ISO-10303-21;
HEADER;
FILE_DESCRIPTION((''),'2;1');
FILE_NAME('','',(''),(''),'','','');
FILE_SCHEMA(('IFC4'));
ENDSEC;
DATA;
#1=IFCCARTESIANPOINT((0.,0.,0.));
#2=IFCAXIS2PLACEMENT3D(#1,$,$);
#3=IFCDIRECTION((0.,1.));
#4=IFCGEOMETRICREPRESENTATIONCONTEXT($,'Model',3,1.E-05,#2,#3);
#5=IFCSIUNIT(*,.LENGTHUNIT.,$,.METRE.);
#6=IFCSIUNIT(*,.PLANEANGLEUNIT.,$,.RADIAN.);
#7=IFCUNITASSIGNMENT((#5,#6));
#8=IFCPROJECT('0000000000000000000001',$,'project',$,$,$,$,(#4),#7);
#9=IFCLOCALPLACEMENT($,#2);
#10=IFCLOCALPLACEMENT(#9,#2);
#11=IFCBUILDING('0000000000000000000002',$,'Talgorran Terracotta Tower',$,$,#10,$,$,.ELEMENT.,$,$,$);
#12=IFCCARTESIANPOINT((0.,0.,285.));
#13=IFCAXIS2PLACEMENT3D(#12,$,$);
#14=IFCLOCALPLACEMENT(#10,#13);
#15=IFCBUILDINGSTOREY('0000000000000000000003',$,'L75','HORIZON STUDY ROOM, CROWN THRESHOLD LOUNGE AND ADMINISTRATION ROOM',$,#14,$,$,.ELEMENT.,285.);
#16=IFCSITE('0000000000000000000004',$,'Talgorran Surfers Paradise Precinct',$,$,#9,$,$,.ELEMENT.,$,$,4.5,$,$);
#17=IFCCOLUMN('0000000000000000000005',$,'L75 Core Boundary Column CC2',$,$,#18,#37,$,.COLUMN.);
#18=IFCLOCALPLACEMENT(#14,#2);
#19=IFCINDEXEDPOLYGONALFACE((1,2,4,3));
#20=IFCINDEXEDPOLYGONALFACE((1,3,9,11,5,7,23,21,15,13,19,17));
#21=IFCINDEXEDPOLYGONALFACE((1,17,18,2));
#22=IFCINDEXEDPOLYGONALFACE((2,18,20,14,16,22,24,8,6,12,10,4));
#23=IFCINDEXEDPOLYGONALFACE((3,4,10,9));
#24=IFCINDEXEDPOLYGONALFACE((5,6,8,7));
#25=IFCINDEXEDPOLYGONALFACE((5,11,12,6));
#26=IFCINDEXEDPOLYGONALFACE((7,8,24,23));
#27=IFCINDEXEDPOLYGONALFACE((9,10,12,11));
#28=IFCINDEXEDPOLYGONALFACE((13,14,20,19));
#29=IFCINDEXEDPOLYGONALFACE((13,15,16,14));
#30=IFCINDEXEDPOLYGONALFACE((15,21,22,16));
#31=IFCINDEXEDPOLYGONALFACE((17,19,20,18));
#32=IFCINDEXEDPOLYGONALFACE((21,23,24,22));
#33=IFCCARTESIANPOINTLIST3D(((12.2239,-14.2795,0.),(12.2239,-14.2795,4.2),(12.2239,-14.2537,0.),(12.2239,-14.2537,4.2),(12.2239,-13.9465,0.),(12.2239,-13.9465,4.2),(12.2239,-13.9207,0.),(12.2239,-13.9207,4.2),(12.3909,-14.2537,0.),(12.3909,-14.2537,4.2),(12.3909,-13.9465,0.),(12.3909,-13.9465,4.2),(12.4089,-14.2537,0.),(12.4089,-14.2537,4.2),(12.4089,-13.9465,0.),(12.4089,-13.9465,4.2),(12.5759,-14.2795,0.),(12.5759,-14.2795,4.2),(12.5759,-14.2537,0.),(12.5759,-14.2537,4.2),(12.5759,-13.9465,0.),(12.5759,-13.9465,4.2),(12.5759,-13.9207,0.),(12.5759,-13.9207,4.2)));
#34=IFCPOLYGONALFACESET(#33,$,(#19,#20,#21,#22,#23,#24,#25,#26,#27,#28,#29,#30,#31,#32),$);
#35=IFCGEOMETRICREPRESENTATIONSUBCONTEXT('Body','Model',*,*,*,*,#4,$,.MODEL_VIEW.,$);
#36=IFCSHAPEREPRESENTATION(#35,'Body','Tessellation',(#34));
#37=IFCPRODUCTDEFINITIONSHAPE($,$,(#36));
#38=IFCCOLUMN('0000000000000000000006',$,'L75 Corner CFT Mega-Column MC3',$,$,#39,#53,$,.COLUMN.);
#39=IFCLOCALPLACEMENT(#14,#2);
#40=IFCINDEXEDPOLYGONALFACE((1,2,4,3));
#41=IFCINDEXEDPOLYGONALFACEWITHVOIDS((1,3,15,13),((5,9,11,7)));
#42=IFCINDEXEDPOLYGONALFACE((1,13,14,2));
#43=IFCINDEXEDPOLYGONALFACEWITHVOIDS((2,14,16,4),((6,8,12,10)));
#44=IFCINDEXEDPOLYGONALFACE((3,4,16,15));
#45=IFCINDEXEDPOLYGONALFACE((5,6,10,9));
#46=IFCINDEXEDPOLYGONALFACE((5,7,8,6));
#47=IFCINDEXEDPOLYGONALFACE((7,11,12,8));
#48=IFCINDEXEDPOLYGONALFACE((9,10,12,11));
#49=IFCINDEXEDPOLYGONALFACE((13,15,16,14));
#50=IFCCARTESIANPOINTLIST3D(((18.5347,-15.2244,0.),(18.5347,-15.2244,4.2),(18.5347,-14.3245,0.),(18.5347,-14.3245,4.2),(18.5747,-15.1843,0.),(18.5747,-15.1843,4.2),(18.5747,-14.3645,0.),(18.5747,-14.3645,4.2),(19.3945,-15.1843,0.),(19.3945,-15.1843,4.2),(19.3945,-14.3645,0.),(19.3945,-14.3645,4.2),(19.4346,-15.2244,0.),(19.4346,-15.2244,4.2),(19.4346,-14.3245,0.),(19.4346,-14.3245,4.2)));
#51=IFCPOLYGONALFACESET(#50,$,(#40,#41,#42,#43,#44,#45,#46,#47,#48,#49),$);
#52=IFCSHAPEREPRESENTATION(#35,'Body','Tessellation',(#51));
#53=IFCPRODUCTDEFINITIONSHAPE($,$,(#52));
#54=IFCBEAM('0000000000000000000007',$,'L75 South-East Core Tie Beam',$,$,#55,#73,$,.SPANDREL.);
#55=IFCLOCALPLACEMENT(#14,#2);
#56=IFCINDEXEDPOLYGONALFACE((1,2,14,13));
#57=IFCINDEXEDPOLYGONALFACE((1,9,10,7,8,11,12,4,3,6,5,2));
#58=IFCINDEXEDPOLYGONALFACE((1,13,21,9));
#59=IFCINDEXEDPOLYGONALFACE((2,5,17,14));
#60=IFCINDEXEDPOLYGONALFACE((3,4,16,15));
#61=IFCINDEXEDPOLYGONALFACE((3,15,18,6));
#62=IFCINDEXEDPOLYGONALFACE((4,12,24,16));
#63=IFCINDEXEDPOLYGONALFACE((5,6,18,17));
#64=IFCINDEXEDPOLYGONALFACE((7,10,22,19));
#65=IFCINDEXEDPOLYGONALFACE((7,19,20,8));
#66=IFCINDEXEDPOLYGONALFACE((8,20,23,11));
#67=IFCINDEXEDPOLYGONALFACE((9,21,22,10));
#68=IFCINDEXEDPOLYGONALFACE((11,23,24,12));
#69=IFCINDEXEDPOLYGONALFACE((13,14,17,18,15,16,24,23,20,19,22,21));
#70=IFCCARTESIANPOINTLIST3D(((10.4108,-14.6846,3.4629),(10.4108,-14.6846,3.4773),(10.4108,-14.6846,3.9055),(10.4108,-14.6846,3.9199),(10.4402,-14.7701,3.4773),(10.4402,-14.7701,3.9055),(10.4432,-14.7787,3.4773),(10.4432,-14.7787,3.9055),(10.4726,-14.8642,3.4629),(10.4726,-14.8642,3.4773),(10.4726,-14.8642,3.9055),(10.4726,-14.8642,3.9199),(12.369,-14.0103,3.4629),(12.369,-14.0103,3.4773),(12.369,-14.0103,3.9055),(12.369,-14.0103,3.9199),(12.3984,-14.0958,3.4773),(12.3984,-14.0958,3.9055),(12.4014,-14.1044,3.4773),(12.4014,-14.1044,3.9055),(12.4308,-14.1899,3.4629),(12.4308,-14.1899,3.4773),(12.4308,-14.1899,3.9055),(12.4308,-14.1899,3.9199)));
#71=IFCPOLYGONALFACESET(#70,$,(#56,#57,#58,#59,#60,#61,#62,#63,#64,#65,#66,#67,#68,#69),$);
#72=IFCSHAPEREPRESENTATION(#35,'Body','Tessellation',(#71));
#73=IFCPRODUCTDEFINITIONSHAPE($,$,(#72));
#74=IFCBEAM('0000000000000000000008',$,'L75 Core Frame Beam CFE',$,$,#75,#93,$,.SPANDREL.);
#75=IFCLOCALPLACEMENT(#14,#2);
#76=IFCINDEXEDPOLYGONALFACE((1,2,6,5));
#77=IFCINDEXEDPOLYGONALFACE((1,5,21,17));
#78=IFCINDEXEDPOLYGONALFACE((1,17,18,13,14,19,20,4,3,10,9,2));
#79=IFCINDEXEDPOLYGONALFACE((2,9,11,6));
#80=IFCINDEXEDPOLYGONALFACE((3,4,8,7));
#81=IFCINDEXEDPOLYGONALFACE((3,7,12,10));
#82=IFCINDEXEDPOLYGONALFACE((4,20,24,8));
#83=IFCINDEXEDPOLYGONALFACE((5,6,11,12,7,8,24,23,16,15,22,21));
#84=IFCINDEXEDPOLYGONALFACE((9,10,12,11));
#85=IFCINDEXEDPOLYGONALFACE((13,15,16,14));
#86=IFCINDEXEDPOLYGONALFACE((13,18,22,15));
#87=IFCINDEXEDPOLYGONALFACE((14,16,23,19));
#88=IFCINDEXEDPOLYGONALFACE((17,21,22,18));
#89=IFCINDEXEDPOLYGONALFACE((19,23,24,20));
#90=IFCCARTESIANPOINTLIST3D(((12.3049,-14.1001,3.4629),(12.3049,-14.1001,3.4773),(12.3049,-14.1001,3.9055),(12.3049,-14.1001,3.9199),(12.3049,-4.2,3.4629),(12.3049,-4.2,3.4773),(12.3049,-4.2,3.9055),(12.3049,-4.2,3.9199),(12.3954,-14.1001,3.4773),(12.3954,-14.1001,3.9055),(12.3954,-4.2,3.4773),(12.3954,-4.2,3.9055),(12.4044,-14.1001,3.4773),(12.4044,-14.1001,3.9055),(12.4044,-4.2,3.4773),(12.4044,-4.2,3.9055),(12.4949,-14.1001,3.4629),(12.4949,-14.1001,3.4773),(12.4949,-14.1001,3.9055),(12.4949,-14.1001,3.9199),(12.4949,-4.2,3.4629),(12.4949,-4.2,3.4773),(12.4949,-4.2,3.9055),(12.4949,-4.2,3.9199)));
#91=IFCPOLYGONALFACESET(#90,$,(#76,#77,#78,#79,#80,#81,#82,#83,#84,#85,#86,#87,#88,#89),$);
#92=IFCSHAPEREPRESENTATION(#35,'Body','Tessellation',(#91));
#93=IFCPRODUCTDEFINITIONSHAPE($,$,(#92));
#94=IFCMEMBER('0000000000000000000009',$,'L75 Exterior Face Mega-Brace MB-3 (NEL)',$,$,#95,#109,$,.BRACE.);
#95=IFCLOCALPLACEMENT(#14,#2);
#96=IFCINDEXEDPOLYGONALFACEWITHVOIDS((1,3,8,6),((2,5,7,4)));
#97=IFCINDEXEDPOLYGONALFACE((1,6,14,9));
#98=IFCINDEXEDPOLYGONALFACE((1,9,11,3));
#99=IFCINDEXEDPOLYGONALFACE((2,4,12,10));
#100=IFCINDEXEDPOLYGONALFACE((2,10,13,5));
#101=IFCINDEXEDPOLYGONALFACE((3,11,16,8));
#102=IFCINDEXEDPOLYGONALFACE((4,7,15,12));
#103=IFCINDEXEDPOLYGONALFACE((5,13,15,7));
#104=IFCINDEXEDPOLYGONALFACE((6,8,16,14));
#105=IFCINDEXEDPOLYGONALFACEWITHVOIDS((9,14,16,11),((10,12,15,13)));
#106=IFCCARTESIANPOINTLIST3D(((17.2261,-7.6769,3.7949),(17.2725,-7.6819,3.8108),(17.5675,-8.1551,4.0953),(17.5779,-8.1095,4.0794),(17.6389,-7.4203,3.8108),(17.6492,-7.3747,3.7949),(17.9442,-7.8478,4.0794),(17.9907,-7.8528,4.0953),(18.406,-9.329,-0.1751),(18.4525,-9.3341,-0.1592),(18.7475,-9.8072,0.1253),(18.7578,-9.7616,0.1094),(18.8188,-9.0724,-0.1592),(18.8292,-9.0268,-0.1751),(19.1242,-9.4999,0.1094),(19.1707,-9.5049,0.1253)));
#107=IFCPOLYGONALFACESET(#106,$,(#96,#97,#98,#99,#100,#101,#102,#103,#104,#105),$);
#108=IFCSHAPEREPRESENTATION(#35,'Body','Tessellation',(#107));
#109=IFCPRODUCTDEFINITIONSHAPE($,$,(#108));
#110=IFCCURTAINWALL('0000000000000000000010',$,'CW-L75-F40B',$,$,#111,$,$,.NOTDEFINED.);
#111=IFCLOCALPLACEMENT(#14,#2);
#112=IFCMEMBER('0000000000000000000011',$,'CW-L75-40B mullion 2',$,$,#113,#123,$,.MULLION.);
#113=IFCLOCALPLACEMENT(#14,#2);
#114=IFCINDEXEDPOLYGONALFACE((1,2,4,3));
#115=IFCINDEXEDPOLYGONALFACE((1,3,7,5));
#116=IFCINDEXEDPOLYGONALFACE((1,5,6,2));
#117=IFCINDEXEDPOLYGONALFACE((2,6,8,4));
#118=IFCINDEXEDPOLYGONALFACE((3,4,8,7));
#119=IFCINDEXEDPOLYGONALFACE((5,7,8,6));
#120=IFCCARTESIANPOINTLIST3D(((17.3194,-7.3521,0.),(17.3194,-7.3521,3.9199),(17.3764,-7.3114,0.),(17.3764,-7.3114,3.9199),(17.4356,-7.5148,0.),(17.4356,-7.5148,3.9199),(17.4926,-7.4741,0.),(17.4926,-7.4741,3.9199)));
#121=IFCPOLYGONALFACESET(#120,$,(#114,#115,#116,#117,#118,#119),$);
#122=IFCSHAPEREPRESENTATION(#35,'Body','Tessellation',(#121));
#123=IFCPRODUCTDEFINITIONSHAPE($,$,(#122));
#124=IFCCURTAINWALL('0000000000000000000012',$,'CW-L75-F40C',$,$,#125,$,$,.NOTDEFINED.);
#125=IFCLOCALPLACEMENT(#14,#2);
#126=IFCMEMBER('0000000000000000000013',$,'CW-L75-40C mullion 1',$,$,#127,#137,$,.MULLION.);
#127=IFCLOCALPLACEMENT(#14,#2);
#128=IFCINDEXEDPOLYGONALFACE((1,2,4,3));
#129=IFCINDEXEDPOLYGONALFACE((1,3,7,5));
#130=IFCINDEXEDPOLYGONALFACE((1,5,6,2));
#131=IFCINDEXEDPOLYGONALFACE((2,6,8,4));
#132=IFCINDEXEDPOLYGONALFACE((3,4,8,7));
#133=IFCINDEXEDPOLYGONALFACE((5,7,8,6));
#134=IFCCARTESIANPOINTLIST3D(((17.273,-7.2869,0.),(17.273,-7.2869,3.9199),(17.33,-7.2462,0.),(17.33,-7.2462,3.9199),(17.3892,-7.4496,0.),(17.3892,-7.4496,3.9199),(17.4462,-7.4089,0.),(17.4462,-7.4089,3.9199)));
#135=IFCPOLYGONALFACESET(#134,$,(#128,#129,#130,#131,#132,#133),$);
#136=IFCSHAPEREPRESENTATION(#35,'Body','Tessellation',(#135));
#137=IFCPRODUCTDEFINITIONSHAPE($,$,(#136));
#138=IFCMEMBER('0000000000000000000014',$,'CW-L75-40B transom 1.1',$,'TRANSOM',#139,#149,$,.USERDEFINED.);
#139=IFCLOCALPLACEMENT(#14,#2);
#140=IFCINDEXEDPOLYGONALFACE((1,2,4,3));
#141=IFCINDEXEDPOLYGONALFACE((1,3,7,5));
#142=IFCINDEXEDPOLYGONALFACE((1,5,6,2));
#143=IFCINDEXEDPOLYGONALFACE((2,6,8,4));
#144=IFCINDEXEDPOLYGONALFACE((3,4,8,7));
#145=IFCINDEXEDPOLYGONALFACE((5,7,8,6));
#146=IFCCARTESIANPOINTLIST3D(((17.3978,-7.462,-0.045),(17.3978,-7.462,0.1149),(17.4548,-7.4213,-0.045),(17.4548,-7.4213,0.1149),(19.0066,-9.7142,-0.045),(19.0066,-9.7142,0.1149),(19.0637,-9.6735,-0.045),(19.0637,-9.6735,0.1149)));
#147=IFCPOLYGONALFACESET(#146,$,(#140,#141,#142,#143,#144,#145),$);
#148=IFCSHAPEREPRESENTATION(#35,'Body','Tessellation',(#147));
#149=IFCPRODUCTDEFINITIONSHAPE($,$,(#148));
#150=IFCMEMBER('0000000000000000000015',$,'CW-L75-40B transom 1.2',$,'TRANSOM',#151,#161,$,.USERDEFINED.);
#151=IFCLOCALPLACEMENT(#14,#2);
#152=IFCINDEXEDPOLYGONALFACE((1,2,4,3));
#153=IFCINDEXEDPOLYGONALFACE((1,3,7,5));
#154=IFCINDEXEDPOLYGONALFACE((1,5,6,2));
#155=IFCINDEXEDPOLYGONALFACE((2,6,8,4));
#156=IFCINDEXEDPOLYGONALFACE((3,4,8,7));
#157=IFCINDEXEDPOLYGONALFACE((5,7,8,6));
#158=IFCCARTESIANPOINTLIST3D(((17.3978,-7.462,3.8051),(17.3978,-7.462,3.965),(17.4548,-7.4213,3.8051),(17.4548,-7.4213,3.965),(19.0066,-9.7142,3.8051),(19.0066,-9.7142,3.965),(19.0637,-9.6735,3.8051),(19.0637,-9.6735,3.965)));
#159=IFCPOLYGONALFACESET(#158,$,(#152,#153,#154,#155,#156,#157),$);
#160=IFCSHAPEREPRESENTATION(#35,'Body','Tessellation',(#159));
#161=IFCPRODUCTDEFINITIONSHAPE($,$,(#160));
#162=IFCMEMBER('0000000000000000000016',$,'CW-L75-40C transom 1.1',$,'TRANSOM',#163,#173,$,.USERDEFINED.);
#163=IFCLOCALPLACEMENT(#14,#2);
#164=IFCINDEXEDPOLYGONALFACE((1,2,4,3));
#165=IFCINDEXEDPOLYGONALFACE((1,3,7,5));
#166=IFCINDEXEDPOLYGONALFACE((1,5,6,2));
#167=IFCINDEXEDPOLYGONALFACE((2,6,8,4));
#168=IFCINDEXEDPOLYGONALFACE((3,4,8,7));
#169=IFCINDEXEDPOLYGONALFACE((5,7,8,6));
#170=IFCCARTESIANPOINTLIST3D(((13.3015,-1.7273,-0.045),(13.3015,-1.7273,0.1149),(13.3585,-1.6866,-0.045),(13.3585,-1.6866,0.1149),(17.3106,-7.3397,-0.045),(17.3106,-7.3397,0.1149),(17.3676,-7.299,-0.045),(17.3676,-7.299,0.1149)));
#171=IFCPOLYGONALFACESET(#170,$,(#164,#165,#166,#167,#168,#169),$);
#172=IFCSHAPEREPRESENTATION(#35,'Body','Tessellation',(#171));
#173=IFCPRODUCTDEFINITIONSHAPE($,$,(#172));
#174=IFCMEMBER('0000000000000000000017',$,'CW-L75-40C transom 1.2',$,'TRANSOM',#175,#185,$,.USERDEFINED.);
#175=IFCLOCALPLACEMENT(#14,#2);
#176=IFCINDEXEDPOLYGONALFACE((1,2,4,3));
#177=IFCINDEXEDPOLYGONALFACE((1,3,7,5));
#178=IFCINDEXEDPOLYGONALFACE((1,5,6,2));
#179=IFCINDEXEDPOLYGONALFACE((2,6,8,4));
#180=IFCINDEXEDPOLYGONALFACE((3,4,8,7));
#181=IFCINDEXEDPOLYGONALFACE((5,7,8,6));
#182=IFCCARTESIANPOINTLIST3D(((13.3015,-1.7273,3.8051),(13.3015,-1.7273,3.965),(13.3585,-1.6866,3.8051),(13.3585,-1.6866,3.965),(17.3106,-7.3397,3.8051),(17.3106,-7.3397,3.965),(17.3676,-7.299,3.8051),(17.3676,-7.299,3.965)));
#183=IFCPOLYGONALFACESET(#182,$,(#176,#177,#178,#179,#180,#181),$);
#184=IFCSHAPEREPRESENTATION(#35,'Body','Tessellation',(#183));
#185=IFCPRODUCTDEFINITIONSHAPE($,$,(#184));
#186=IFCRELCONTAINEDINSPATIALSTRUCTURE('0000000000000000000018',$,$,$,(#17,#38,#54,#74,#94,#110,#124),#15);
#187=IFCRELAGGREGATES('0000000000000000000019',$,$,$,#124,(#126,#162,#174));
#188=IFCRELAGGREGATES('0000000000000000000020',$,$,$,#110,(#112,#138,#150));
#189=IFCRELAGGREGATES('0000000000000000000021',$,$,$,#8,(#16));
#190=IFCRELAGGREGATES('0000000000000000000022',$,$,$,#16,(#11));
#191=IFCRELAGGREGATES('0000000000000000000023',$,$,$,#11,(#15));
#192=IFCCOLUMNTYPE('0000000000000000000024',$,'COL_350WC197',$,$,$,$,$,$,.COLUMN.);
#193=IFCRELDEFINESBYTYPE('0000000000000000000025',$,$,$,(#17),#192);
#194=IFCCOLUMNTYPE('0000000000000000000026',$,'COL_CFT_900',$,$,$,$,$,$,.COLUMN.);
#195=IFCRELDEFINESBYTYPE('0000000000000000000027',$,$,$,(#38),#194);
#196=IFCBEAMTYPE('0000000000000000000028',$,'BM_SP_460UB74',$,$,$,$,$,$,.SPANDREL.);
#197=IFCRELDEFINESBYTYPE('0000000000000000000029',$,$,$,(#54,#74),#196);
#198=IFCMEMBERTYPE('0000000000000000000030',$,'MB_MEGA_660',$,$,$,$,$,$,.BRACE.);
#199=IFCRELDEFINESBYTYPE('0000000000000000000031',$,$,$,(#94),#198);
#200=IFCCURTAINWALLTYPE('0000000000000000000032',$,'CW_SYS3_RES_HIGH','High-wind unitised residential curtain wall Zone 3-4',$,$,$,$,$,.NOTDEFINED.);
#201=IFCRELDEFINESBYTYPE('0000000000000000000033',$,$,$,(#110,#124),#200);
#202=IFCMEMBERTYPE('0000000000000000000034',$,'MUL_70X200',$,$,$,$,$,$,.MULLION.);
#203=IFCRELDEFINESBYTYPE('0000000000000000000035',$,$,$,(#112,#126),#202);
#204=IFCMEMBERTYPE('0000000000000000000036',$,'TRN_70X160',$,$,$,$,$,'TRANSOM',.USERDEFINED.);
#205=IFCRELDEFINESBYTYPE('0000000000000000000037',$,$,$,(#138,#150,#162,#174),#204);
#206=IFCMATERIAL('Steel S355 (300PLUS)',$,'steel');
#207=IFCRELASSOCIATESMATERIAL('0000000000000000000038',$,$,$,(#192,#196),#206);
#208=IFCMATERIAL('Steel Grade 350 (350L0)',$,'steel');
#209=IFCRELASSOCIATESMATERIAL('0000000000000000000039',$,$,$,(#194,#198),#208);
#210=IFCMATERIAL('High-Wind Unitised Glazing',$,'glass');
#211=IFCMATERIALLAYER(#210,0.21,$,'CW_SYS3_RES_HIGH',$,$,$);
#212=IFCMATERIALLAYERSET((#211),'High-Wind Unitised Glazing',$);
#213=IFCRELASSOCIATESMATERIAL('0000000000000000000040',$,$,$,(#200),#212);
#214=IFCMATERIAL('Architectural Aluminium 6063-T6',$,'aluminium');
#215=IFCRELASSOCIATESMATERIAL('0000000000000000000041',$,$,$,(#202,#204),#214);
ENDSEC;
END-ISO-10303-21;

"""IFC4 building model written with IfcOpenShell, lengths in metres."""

from ifc_helpers import new_model, si_unit, direction, frame, origin, origin_2d, place, context, subcontext, project, spatial, rectangle, hollow_rectangle, i_section, extrude, material, layer, layer_set, material_profile, profile_set, type_object, element, aggregate, save


model = new_model("IFC4")

# Units and contexts
model_context = context("Model", 3, precision=1e-05, world=origin(), true_north=direction((0.0, 1.0)))
body_context = subcontext(model_context, "Body", "Model", "MODEL_VIEW")
ifc_project = project(units=[si_unit("LENGTHUNIT", "METRE"), si_unit("PLANEANGLEUNIT", "RADIAN")], contexts=[model_context])

# Site, building, storey
site_placement = place(None, origin())
site = spatial("IfcSite", under=ifc_project, at=site_placement, Name="Talgorran Surfers Paradise Precinct", CompositionType="ELEMENT", RefElevation=4.5)
building_placement = place(site_placement, origin())
building = spatial("IfcBuilding", under=site, at=building_placement, Name="Talgorran Terracotta Tower", CompositionType="ELEMENT")
storey_placement = place(building_placement, frame((0.0, 0.0, 285.0)))
storey = spatial("IfcBuildingStorey", under=building, at=storey_placement, Name="L75", Description="HORIZON STUDY ROOM, CROWN THRESHOLD LOUNGE AND ADMINISTRATION ROOM", CompositionType="ELEMENT", Elevation=285.0)

# Columns
ifc_material_1 = material(Name="Steel S355 (300PLUS)", Category="steel")
ifc_material_profile_1 = material_profile(ifc_material_1, i_section(OverallWidth=0.3521, OverallDepth=0.3589, WebThickness=0.0181, FlangeThickness=0.0259, at=origin_2d()), Name="350WC197")
ifc_profile_set_1 = profile_set([ifc_material_profile_1], Name="Steel S355 (300PLUS)")
column_type_1 = type_object("IfcColumnType", Name="COL_350WC197", PredefinedType="COLUMN", material=ifc_profile_set_1)
column_1_placement = place(storey_placement, frame((12.3999, -14.1001, 0.0), z_axis=(0.0, 0.0, 1.0), x_axis=(1.0, 0.0, 0.0)))
element("IfcColumn", 1, at=column_1_placement, inside=storey, type_object=column_type_1, Name="L75 Core Boundary Column CC2", PredefinedType="COLUMN", context=body_context, shape_type="SweptSolid", body=[
    extrude(i_section(OverallWidth=0.3521, OverallDepth=0.3589, WebThickness=0.0181, FlangeThickness=0.0259, at=origin_2d()), origin(), (0.0, 0.0, 1.0), 4.2),
])
ifc_material_2 = material(Name="Steel Grade 350 (350L0)", Category="steel")
ifc_material_profile_2 = material_profile(ifc_material_2, hollow_rectangle(XDim=0.8999, YDim=0.8999, WallThickness=0.04, at=origin_2d()), Name="CFT900X900X40")
ifc_profile_set_2 = profile_set([ifc_material_profile_2], Name="Steel Grade 350 (350L0)")
column_type_2 = type_object("IfcColumnType", Name="COL_CFT_900", PredefinedType="COLUMN", material=ifc_profile_set_2)
column_2_placement = place(storey_placement, frame((18.9846, -14.7744, 0.0), z_axis=(0.0, 0.0, 1.0), x_axis=(1.0, 0.0, 0.0)))
element("IfcColumn", 2, at=column_2_placement, inside=storey, type_object=column_type_2, Name="L75 Corner CFT Mega-Column MC3", PredefinedType="COLUMN", context=body_context, shape_type="SweptSolid", body=[
    extrude(hollow_rectangle(XDim=0.8999, YDim=0.8999, WallThickness=0.04, at=origin_2d()), origin(), (0.0, 0.0, 1.0), 4.2),
])

# Beams
ifc_material_profile_3 = material_profile(ifc_material_1, i_section(OverallWidth=0.1899, OverallDepth=0.457, WebThickness=0.009, FlangeThickness=0.0144, at=origin_2d()), Name="460UB74.6")
ifc_profile_set_3 = profile_set([ifc_material_profile_3], Name="Steel S355 (300PLUS)")
beam_type = type_object("IfcBeamType", Name="BM_SP_460UB74", PredefinedType="SPANDREL", material=ifc_profile_set_3)
beam_1_placement = place(storey_placement, frame((12.3999, -14.1001, 3.6914), z_axis=(-0.945513, -0.325584, 0.0), x_axis=(0.325584, -0.945513, 0.0)))
element("IfcBeam", 3, at=beam_1_placement, inside=storey, type_object=beam_type, Name="L75 South-East Core Tie Beam", PredefinedType="SPANDREL", context=body_context, shape_type="SweptSolid", body=[
    extrude(i_section(OverallWidth=0.1899, OverallDepth=0.457, WebThickness=0.009, FlangeThickness=0.0144, at=origin_2d()), origin(), (0.0, 0.0, 1.0), 2.071),
])
beam_2_placement = place(storey_placement, frame((12.3999, -14.1001, 3.6914), z_axis=(0.0, 1.0, 0.0), x_axis=(-1.0, 0.0, 0.0)))
element("IfcBeam", 4, at=beam_2_placement, inside=storey, type_object=beam_type, Name="L75 Core Frame Beam CFE", PredefinedType="SPANDREL", context=body_context, shape_type="SweptSolid", body=[
    extrude(i_section(OverallWidth=0.1899, OverallDepth=0.457, WebThickness=0.009, FlangeThickness=0.0144, at=origin_2d()), origin(), (0.0, 0.0, 1.0), 9.9001),
])

# Member
ifc_material_profile_4 = material_profile(ifc_material_2, hollow_rectangle(XDim=0.52, YDim=0.6599, WallThickness=0.0349, at=origin_2d()), Name="WBOX660X520X35")
ifc_profile_set_4 = profile_set([ifc_material_profile_4], Name="Steel Grade 350 (350L0)")
member_type_1 = type_object("IfcMemberType", Name="MB_MEGA_660", PredefinedType="BRACE", material=ifc_profile_set_4)
member_1_placement = place(storey_placement, frame((18.7883, -9.417, -0.0249), z_axis=(-0.26462, 0.370512, 0.890335), x_axis=(-0.813766, -0.581193, 0.0)))
element("IfcMember", 5, at=member_1_placement, inside=storey, type_object=member_type_1, Name="L75 Exterior Face Mega-Brace MB-3 (NEL)", PredefinedType="BRACE", context=body_context, shape_type="SweptSolid", body=[
    extrude(hollow_rectangle(XDim=0.52, YDim=0.6599, WallThickness=0.0349, at=origin_2d()), origin(), (0.0, 0.0, 1.0), 4.459),
])

# Curtain walls, members
ifc_material_3 = material(Name="High-Wind Unitised Glazing", Category="glass")
ifc_layer_1 = layer(ifc_material_3, 0.21, Name="CW_SYS3_RES_HIGH")
ifc_layer_set_1 = layer_set([ifc_layer_1], Name="High-Wind Unitised Glazing")
curtain_wall_type = type_object("IfcCurtainWallType", Name="CW_SYS3_RES_HIGH", Description="High-wind unitised residential curtain wall Zone 3-4", PredefinedType="NOTDEFINED", material=ifc_layer_set_1)
curtain_wall_1_placement = place(storey_placement, origin())
curtain_wall_1 = element("IfcCurtainWall", 6, at=curtain_wall_1_placement, inside=storey, type_object=curtain_wall_type, Name="CW-L75-F40B", PredefinedType="NOTDEFINED")
ifc_material_4 = material(Name="Architectural Aluminium 6063-T6", Category="aluminium")
ifc_material_profile_5 = material_profile(ifc_material_4, rectangle(XDim=0.0701, YDim=0.2, at=origin_2d()), Name="CWM70X200")
ifc_profile_set_5 = profile_set([ifc_material_profile_5], Name="Architectural Aluminium 6063-T6")
member_type_2 = type_object("IfcMemberType", Name="MUL_70X200", PredefinedType="MULLION", material=ifc_profile_set_5)
member_2_placement = place(storey_placement, frame((17.406, -7.4131, 0.0), z_axis=(0.0, 0.0, 1.0), x_axis=(-0.813736, -0.581235, 0.0)))
member_2 = element("IfcMember", 7, at=member_2_placement, type_object=member_type_2, Name="CW-L75-40B mullion 2", PredefinedType="MULLION", context=body_context, shape_type="SweptSolid", body=[
    extrude(rectangle(XDim=0.0701, YDim=0.2, at=origin_2d()), origin(), (0.0, 0.0, 1.0), 3.9199),
])
curtain_wall_2_placement = place(storey_placement, origin())
curtain_wall_2 = element("IfcCurtainWall", 8, at=curtain_wall_2_placement, inside=storey, type_object=curtain_wall_type, Name="CW-L75-F40C", PredefinedType="NOTDEFINED")
member_3_placement = place(storey_placement, frame((17.3596, -7.3479, 0.0), z_axis=(0.0, 0.0, 1.0), x_axis=(-0.813726, -0.581249, 0.0)))
member_3 = element("IfcMember", 9, at=member_3_placement, type_object=member_type_2, Name="CW-L75-40C mullion 1", PredefinedType="MULLION", context=body_context, shape_type="SweptSolid", body=[
    extrude(rectangle(XDim=0.0701, YDim=0.2, at=origin_2d()), origin(), (0.0, 0.0, 1.0), 3.9199),
])

# Members
ifc_material_profile_6 = material_profile(ifc_material_4, rectangle(XDim=0.0701, YDim=0.1599, at=origin_2d()), Name="CWT70X160")
ifc_profile_set_6 = profile_set([ifc_material_profile_6], Name="Architectural Aluminium 6063-T6")
member_type_3 = type_object("IfcMemberType", Name="TRN_70X160", ElementType="TRANSOM", PredefinedType="USERDEFINED", material=ifc_profile_set_6)
member_4_placement = place(storey_placement, frame((19.0352, -9.6938, 0.0349), z_axis=(-0.58128, 0.813704, 0.0), x_axis=(-0.813704, -0.58128, 0.0)))
member_4 = element("IfcMember", 10, at=member_4_placement, type_object=member_type_3, Name="CW-L75-40B transom 1.1", ObjectType="TRANSOM", PredefinedType="USERDEFINED", context=body_context, shape_type="SweptSolid", body=[
    extrude(rectangle(XDim=0.0701, YDim=0.1599, at=origin_2d()), origin(), (0.0, 0.0, 1.0), 2.7678),
])
member_5_placement = place(storey_placement, frame((19.0352, -9.6938, 3.885), z_axis=(-0.58128, 0.813704, 0.0), x_axis=(-0.813704, -0.58128, 0.0)))
member_5 = element("IfcMember", 11, at=member_5_placement, type_object=member_type_3, Name="CW-L75-40B transom 1.2", ObjectType="TRANSOM", PredefinedType="USERDEFINED", context=body_context, shape_type="SweptSolid", body=[
    extrude(rectangle(XDim=0.0701, YDim=0.1599, at=origin_2d()), origin(), (0.0, 0.0, 1.0), 2.7678),
])
member_6_placement = place(storey_placement, frame((17.3391, -7.3193, 0.0349), z_axis=(-0.581262, 0.813717, 0.0), x_axis=(-0.813717, -0.581262, 0.0)))
member_6 = element("IfcMember", 12, at=member_6_placement, type_object=member_type_3, Name="CW-L75-40C transom 1.1", ObjectType="TRANSOM", PredefinedType="USERDEFINED", context=body_context, shape_type="SweptSolid", body=[
    extrude(rectangle(XDim=0.0701, YDim=0.1599, at=origin_2d()), origin(), (0.0, 0.0, 1.0), 6.8972),
])
member_7_placement = place(storey_placement, frame((17.3391, -7.3193, 3.885), z_axis=(-0.581262, 0.813717, 0.0), x_axis=(-0.813717, -0.581262, 0.0)))
member_7 = element("IfcMember", 13, at=member_7_placement, type_object=member_type_3, Name="CW-L75-40C transom 1.2", ObjectType="TRANSOM", PredefinedType="USERDEFINED", context=body_context, shape_type="SweptSolid", body=[
    extrude(rectangle(XDim=0.0701, YDim=0.1599, at=origin_2d()), origin(), (0.0, 0.0, 1.0), 6.8972),
])
aggregate(curtain_wall_2, [member_3, member_6, member_7])

aggregate(curtain_wall_1, [member_2, member_4, member_5])

save(model, "model.ifc")
